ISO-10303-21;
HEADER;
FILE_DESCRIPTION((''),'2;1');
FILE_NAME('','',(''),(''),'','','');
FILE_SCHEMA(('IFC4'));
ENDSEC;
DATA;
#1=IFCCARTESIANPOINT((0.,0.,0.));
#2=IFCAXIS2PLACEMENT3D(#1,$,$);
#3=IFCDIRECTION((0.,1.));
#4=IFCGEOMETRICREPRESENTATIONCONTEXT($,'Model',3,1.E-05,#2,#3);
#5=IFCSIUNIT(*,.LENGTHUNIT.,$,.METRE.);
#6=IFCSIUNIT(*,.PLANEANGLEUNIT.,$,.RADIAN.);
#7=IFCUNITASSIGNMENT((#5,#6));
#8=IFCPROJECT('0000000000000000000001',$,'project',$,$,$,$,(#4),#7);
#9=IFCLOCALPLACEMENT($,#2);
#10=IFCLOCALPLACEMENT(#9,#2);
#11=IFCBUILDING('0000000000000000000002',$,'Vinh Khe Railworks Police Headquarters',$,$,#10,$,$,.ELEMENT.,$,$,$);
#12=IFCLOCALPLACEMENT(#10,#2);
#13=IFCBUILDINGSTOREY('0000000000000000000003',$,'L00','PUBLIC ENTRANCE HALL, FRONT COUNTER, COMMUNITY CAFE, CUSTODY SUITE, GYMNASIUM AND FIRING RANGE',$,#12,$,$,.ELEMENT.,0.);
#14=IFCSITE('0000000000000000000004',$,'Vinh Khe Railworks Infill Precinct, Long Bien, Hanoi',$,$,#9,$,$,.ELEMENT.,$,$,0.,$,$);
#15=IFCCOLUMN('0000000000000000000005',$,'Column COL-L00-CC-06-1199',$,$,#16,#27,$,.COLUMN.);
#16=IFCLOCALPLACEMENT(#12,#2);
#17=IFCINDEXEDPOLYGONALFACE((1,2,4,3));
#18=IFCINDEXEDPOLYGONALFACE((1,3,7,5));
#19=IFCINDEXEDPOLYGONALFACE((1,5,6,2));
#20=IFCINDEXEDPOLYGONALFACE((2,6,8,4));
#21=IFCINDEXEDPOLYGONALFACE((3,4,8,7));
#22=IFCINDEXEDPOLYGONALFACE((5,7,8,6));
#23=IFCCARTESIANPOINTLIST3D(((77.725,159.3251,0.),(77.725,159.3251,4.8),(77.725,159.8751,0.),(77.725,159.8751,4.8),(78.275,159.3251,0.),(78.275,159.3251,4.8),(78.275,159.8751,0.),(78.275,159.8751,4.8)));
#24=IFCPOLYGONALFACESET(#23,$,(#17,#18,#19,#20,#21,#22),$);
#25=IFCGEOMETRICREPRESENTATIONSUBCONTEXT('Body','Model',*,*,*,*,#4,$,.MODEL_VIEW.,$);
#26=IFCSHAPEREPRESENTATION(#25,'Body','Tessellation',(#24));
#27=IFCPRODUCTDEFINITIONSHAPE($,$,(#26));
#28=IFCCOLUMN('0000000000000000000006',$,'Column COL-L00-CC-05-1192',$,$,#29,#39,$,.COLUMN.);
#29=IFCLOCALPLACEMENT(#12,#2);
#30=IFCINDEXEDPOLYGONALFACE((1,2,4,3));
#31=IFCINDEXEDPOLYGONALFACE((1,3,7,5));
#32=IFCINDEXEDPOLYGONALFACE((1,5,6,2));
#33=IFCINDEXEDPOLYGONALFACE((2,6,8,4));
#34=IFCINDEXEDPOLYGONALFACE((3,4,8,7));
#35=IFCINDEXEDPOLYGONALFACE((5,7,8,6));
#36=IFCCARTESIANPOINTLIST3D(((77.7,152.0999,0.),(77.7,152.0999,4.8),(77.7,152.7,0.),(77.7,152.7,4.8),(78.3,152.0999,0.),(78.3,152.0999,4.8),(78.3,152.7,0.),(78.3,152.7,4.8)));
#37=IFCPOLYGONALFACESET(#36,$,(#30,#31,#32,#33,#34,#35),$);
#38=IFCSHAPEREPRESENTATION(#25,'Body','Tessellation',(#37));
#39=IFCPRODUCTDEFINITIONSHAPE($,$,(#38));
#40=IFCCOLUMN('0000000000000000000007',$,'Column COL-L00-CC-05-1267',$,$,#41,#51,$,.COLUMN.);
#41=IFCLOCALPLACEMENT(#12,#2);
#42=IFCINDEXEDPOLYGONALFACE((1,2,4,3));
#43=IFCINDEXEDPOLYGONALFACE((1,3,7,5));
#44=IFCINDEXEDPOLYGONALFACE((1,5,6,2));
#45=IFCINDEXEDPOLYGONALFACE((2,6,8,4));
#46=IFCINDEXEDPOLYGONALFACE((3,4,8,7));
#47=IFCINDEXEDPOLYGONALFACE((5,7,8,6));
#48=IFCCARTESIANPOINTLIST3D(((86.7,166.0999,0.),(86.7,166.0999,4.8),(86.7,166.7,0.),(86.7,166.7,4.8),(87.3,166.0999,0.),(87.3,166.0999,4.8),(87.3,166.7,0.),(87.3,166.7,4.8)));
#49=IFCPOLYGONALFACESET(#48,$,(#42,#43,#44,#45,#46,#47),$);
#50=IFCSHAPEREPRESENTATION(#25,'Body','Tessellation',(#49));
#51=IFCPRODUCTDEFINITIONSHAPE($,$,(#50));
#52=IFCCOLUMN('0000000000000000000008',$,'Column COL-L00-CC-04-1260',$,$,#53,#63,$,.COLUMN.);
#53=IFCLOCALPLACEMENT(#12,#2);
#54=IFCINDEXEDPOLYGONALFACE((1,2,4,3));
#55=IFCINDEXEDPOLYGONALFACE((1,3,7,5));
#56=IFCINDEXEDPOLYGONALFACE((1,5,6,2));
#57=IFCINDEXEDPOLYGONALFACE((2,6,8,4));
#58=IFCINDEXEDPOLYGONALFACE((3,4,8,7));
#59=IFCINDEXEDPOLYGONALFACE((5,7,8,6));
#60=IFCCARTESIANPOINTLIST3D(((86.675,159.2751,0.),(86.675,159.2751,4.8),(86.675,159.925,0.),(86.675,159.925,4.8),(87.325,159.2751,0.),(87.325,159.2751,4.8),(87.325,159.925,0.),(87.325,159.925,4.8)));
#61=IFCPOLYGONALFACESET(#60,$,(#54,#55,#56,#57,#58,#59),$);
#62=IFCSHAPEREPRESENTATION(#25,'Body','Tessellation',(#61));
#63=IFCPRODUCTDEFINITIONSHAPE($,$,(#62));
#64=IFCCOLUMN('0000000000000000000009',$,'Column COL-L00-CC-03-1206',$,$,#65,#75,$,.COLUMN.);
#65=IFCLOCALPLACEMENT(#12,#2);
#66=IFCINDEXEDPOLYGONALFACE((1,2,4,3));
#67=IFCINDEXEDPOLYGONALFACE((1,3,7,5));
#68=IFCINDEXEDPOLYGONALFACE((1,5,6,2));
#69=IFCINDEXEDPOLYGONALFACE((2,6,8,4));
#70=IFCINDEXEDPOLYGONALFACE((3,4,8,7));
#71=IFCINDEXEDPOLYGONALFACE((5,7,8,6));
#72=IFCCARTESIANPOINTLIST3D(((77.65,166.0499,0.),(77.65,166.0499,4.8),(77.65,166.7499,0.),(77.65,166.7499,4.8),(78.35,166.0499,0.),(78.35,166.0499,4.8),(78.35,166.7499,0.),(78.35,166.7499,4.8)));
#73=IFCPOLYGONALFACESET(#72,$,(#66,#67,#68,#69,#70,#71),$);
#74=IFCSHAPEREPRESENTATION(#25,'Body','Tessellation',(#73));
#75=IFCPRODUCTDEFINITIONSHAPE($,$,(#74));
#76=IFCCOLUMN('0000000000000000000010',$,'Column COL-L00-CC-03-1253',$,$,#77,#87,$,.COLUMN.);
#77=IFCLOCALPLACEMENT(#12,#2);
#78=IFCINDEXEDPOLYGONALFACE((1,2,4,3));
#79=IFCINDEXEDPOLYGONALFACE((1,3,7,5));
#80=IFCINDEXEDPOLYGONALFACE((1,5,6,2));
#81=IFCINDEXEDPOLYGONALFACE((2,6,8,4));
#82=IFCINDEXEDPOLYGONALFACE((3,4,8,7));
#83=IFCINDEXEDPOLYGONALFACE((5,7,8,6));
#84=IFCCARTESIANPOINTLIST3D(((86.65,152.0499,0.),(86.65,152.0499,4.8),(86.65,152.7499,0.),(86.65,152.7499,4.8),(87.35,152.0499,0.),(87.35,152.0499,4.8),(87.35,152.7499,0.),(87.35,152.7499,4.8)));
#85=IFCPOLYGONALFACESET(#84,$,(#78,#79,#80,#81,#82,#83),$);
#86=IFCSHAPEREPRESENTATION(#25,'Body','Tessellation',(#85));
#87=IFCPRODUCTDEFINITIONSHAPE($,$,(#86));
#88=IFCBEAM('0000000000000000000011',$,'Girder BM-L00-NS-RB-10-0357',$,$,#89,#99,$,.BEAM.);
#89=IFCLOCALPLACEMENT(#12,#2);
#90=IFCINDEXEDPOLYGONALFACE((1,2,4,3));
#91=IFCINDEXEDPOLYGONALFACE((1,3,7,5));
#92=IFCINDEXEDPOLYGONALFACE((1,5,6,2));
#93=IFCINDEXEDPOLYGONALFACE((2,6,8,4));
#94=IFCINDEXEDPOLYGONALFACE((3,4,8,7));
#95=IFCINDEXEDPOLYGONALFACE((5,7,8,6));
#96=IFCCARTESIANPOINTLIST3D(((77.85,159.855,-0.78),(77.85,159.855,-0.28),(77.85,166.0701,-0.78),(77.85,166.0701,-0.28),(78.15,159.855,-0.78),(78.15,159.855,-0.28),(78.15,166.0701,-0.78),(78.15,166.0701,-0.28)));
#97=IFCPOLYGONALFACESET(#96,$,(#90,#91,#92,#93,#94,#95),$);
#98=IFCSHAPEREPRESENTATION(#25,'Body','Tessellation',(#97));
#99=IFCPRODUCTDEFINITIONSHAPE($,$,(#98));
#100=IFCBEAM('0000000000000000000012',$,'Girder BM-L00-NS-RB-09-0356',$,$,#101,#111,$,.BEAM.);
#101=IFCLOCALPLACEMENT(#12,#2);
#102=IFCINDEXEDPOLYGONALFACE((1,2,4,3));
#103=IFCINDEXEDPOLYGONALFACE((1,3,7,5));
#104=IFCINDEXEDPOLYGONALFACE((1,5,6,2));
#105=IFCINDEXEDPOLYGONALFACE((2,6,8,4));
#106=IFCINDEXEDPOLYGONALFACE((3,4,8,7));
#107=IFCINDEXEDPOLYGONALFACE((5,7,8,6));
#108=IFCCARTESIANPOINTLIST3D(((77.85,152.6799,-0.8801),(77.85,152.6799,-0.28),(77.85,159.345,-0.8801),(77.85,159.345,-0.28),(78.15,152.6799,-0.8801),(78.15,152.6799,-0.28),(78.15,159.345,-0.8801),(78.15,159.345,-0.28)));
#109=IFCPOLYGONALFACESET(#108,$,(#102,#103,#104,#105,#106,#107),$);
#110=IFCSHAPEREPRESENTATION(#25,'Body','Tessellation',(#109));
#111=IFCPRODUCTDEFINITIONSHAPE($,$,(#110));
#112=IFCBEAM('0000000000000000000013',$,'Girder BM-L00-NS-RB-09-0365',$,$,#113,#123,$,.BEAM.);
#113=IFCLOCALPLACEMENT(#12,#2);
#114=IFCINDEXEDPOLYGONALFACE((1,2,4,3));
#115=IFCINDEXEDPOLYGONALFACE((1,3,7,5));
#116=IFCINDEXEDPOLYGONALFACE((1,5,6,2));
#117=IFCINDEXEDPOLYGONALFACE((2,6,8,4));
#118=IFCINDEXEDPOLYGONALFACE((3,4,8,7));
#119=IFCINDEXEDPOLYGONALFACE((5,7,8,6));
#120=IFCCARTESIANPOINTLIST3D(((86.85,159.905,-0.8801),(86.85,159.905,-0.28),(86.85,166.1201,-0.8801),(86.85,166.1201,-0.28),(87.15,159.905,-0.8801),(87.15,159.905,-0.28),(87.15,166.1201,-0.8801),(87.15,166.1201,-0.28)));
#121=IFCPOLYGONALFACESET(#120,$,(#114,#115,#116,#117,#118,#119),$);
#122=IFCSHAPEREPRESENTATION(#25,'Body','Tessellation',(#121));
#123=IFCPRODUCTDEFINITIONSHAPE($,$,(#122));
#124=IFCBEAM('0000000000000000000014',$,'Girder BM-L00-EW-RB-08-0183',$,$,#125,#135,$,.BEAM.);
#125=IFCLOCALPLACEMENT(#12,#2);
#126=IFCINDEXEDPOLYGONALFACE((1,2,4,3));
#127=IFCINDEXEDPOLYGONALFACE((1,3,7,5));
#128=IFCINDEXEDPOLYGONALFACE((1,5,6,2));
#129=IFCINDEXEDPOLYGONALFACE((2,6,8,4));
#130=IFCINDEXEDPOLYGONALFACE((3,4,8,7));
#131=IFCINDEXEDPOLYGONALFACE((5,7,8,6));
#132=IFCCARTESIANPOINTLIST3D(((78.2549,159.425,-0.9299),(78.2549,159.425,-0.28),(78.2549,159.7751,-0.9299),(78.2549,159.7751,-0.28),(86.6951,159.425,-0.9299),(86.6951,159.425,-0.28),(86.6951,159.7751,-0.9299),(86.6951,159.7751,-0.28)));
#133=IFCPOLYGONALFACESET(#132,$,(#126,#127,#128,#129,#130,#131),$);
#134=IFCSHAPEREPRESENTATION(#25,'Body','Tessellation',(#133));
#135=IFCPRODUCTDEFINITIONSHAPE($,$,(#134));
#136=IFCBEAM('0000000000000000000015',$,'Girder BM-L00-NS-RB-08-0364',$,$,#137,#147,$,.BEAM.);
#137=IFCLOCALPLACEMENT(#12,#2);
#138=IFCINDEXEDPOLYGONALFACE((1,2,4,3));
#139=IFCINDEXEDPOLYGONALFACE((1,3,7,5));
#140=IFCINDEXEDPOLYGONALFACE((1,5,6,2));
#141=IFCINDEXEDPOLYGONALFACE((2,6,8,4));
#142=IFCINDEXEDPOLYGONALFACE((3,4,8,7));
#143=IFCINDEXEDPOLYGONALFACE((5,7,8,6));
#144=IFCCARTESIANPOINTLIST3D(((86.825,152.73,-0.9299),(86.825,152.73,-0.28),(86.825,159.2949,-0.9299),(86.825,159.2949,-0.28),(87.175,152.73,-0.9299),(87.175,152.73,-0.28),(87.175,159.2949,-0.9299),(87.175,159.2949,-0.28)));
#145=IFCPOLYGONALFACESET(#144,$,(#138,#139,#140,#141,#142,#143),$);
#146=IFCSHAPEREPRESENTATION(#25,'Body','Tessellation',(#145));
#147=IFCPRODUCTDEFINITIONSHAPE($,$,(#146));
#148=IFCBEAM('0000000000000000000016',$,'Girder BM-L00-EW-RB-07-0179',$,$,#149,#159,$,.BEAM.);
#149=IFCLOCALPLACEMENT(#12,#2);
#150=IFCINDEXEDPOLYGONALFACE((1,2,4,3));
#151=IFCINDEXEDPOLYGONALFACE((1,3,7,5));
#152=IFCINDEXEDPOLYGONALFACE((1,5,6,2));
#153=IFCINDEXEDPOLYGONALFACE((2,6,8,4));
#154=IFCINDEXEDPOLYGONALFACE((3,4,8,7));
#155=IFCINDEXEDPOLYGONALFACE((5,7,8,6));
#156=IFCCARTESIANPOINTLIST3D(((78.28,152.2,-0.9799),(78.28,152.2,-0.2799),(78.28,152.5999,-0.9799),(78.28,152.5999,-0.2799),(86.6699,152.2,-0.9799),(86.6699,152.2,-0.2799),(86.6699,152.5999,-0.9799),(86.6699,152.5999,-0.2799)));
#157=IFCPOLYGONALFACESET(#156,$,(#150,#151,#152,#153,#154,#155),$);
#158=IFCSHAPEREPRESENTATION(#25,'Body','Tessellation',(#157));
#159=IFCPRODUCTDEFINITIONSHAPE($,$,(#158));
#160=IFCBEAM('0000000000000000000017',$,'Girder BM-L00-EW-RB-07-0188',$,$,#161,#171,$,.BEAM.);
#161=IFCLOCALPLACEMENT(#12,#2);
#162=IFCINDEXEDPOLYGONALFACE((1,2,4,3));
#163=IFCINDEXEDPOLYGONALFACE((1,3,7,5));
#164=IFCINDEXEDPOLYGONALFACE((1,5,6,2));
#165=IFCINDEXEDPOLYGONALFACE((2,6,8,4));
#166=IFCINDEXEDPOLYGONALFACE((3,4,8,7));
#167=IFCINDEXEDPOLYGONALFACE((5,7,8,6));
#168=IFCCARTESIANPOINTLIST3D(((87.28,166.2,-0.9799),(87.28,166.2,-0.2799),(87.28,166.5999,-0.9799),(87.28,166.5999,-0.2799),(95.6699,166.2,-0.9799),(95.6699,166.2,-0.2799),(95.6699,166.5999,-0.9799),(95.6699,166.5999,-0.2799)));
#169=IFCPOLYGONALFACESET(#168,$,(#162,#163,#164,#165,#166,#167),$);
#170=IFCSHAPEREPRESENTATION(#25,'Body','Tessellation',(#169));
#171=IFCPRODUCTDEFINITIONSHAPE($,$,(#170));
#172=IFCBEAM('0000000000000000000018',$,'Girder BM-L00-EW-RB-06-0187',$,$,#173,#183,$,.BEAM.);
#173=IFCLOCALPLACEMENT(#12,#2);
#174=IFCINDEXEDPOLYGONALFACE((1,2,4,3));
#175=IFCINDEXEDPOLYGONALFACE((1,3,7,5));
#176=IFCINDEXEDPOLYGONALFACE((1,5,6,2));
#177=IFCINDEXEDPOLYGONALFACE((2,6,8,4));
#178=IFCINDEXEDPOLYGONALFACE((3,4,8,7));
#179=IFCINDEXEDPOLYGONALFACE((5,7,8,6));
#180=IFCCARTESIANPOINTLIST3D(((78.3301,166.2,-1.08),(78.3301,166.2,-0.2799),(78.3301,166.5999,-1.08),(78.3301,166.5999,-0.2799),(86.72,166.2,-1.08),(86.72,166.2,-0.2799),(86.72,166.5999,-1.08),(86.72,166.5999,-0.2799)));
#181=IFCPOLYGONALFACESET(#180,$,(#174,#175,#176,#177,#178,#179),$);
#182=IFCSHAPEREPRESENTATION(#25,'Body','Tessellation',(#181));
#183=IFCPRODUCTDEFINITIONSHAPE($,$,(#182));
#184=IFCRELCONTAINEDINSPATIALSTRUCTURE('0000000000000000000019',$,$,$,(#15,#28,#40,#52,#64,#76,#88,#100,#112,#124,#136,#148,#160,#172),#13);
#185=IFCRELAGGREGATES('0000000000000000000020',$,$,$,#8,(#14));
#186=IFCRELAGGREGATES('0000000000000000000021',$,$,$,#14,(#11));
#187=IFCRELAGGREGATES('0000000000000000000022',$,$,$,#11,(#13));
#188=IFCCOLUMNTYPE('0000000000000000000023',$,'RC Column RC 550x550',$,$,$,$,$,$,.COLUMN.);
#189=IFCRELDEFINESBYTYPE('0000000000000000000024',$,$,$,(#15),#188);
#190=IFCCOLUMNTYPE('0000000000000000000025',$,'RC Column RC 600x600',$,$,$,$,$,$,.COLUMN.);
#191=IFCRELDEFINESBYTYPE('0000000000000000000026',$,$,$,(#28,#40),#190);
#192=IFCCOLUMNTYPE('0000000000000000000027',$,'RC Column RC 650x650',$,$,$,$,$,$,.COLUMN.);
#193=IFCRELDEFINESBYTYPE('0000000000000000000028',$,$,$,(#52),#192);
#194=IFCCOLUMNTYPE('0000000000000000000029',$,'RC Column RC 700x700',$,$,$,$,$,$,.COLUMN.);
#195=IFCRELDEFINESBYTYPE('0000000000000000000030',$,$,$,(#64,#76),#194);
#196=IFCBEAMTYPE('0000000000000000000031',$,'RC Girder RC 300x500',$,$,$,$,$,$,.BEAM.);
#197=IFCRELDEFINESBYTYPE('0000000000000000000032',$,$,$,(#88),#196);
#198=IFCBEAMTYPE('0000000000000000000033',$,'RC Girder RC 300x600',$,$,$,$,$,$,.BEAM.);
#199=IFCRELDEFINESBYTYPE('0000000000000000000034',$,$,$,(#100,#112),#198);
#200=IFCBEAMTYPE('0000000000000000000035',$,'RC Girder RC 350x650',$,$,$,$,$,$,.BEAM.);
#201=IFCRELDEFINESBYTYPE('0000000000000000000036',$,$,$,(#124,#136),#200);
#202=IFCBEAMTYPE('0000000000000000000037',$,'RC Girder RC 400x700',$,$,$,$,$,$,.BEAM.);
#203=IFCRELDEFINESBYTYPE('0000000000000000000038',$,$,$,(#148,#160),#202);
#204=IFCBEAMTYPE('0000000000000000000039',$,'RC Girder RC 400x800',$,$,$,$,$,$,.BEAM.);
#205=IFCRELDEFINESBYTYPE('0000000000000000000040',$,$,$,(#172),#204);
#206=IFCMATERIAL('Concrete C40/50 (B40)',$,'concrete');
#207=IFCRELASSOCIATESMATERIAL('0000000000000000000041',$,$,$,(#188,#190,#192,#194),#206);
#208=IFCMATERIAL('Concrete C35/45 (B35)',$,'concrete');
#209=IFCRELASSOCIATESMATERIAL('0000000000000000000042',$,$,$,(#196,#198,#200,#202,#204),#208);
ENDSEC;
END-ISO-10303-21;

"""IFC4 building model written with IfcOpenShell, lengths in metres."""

from ifc_helpers import new_model, si_unit, direction, frame, origin, origin_2d, place, context, subcontext, project, spatial, rectangle, extrude, material, material_profile, profile_set, type_object, element, save


model = new_model("IFC4")

# Units and contexts
model_context = context("Model", 3, precision=1e-05, world=origin(), true_north=direction((0.0, 1.0)))
body_context = subcontext(model_context, "Body", "Model", "MODEL_VIEW")
ifc_project = project(units=[si_unit("LENGTHUNIT", "METRE"), si_unit("PLANEANGLEUNIT", "RADIAN")], contexts=[model_context])

# Site, building, storey
site_placement = place(None, origin())
site = spatial("IfcSite", under=ifc_project, at=site_placement, Name="Vinh Khe Railworks Infill Precinct, Long Bien, Hanoi", CompositionType="ELEMENT", RefElevation=0.0)
building_placement = place(site_placement, origin())
building = spatial("IfcBuilding", under=site, at=building_placement, Name="Vinh Khe Railworks Police Headquarters", CompositionType="ELEMENT")
storey_placement = place(building_placement, origin())
storey = spatial("IfcBuildingStorey", under=building, at=storey_placement, Name="L00", Description="PUBLIC ENTRANCE HALL, FRONT COUNTER, COMMUNITY CAFE, CUSTODY SUITE, GYMNASIUM AND FIRING RANGE", CompositionType="ELEMENT", Elevation=0.0)

# Columns
ifc_material_1 = material(Name="Concrete C40/50 (B40)", Category="concrete")
ifc_material_profile_1 = material_profile(ifc_material_1, rectangle(XDim=0.55, YDim=0.55, at=origin_2d()), Name="RC 550x550")
ifc_profile_set_1 = profile_set([ifc_material_profile_1], Name="Concrete C40/50 (B40)")
column_type_1 = type_object("IfcColumnType", Name="RC Column RC 550x550", PredefinedType="COLUMN", material=ifc_profile_set_1)
column_1_placement = place(storey_placement, frame((78.0, 159.6001, 0.0), z_axis=(0.0, 0.0, 1.0), x_axis=(1.0, 0.0, 0.0)))
element("IfcColumn", 1, at=column_1_placement, inside=storey, type_object=column_type_1, Name="Column COL-L00-CC-06-1199", PredefinedType="COLUMN", context=body_context, shape_type="SweptSolid", body=[
    extrude(rectangle(XDim=0.55, YDim=0.55, at=origin_2d()), origin(), (0.0, 0.0, 1.0), 4.8),
])
ifc_material_profile_2 = material_profile(ifc_material_1, rectangle(XDim=0.6001, YDim=0.6001, at=origin_2d()), Name="RC 600x600")
ifc_profile_set_2 = profile_set([ifc_material_profile_2], Name="Concrete C40/50 (B40)")
column_type_2 = type_object("IfcColumnType", Name="RC Column RC 600x600", PredefinedType="COLUMN", material=ifc_profile_set_2)
for number, where, z_axis, x_axis, name in (
    (2, (78.0, 152.3999, 0.0), (0.0, 0.0, 1.0), (1.0, 0.0, 0.0), "Column COL-L00-CC-05-1192"),
    (3, (87.0, 166.3999, 0.0), (0.0, 0.0, 1.0), (1.0, 0.0, 0.0), "Column COL-L00-CC-05-1267"),
):
    element("IfcColumn", number, at=place(storey_placement, frame(where, z_axis=z_axis, x_axis=x_axis)), inside=storey, type_object=column_type_2, Name=name, PredefinedType="COLUMN", context=body_context, shape_type="SweptSolid", body=[
        extrude(rectangle(XDim=0.6001, YDim=0.6001, at=origin_2d()), origin(), (0.0, 0.0, 1.0), 4.8),
    ])
ifc_material_profile_3 = material_profile(ifc_material_1, rectangle(XDim=0.6499, YDim=0.6499, at=origin_2d()), Name="RC 650x650")
ifc_profile_set_3 = profile_set([ifc_material_profile_3], Name="Concrete C40/50 (B40)")
column_type_3 = type_object("IfcColumnType", Name="RC Column RC 650x650", PredefinedType="COLUMN", material=ifc_profile_set_3)
column_2_placement = place(storey_placement, frame((87.0, 159.6001, 0.0), z_axis=(0.0, 0.0, 1.0), x_axis=(1.0, 0.0, 0.0)))
element("IfcColumn", 4, at=column_2_placement, inside=storey, type_object=column_type_3, Name="Column COL-L00-CC-04-1260", PredefinedType="COLUMN", context=body_context, shape_type="SweptSolid", body=[
    extrude(rectangle(XDim=0.6499, YDim=0.6499, at=origin_2d()), origin(), (0.0, 0.0, 1.0), 4.8),
])
ifc_material_profile_4 = material_profile(ifc_material_1, rectangle(XDim=0.7, YDim=0.7, at=origin_2d()), Name="RC 700x700")
ifc_profile_set_4 = profile_set([ifc_material_profile_4], Name="Concrete C40/50 (B40)")
column_type_4 = type_object("IfcColumnType", Name="RC Column RC 700x700", PredefinedType="COLUMN", material=ifc_profile_set_4)
for number, where, z_axis, x_axis, name in (
    (5, (78.0, 166.3999, 0.0), (0.0, 0.0, 1.0), (1.0, 0.0, 0.0), "Column COL-L00-CC-03-1206"),
    (6, (87.0, 152.3999, 0.0), (0.0, 0.0, 1.0), (1.0, 0.0, 0.0), "Column COL-L00-CC-03-1253"),
):
    element("IfcColumn", number, at=place(storey_placement, frame(where, z_axis=z_axis, x_axis=x_axis)), inside=storey, type_object=column_type_4, Name=name, PredefinedType="COLUMN", context=body_context, shape_type="SweptSolid", body=[
        extrude(rectangle(XDim=0.7, YDim=0.7, at=origin_2d()), origin(), (0.0, 0.0, 1.0), 4.8),
    ])

# Beams
ifc_material_2 = material(Name="Concrete C35/45 (B35)", Category="concrete")
ifc_material_profile_5 = material_profile(ifc_material_2, rectangle(XDim=0.3, YDim=0.5, at=origin_2d()), Name="RC 300x500")
ifc_profile_set_5 = profile_set([ifc_material_profile_5], Name="Concrete C35/45 (B35)")
beam_type_1 = type_object("IfcBeamType", Name="RC Girder RC 300x500", PredefinedType="BEAM", material=ifc_profile_set_5)
beam_1_placement = place(storey_placement, frame((78.0, 159.855, -0.53), z_axis=(0.0, 1.0, 0.0), x_axis=(-1.0, 0.0, 0.0)))
element("IfcBeam", 7, at=beam_1_placement, inside=storey, type_object=beam_type_1, Name="Girder BM-L00-NS-RB-10-0357", PredefinedType="BEAM", context=body_context, shape_type="SweptSolid", body=[
    extrude(rectangle(XDim=0.3, YDim=0.5, at=origin_2d()), origin(), (0.0, 0.0, 1.0), 6.2151),
])
ifc_material_profile_6 = material_profile(ifc_material_2, rectangle(XDim=0.3, YDim=0.6001, at=origin_2d()), Name="RC 300x600")
ifc_profile_set_6 = profile_set([ifc_material_profile_6], Name="Concrete C35/45 (B35)")
beam_type_2 = type_object("IfcBeamType", Name="RC Girder RC 300x600", PredefinedType="BEAM", material=ifc_profile_set_6)
beam_2_placement = place(storey_placement, frame((78.0, 152.6799, -0.5801), z_axis=(0.0, 1.0, 0.0), x_axis=(-1.0, 0.0, 0.0)))
element("IfcBeam", 8, at=beam_2_placement, inside=storey, type_object=beam_type_2, Name="Girder BM-L00-NS-RB-09-0356", PredefinedType="BEAM", context=body_context, shape_type="SweptSolid", body=[
    extrude(rectangle(XDim=0.3, YDim=0.6001, at=origin_2d()), origin(), (0.0, 0.0, 1.0), 6.665),
])
beam_3_placement = place(storey_placement, frame((87.0, 159.905, -0.5801), z_axis=(0.0, 1.0, 0.0), x_axis=(-1.0, 0.0, 0.0)))
element("IfcBeam", 9, at=beam_3_placement, inside=storey, type_object=beam_type_2, Name="Girder BM-L00-NS-RB-09-0365", PredefinedType="BEAM", context=body_context, shape_type="SweptSolid", body=[
    extrude(rectangle(XDim=0.3, YDim=0.6001, at=origin_2d()), origin(), (0.0, 0.0, 1.0), 6.2151),
])
ifc_material_profile_7 = material_profile(ifc_material_2, rectangle(XDim=0.3501, YDim=0.6499, at=origin_2d()), Name="RC 350x650")
ifc_profile_set_7 = profile_set([ifc_material_profile_7], Name="Concrete C35/45 (B35)")
beam_type_3 = type_object("IfcBeamType", Name="RC Girder RC 350x650", PredefinedType="BEAM", material=ifc_profile_set_7)
beam_4_placement = place(storey_placement, frame((78.2549, 159.6001, -0.605), z_axis=(1.0, 0.0, 0.0), x_axis=(0.0, 1.0, 0.0)))
element("IfcBeam", 10, at=beam_4_placement, inside=storey, type_object=beam_type_3, Name="Girder BM-L00-EW-RB-08-0183", PredefinedType="BEAM", context=body_context, shape_type="SweptSolid", body=[
    extrude(rectangle(XDim=0.3501, YDim=0.6499, at=origin_2d()), origin(), (0.0, 0.0, 1.0), 8.4402),
])
beam_5_placement = place(storey_placement, frame((87.0, 152.73, -0.605), z_axis=(0.0, 1.0, 0.0), x_axis=(-1.0, 0.0, 0.0)))
element("IfcBeam", 11, at=beam_5_placement, inside=storey, type_object=beam_type_3, Name="Girder BM-L00-NS-RB-08-0364", PredefinedType="BEAM", context=body_context, shape_type="SweptSolid", body=[
    extrude(rectangle(XDim=0.3501, YDim=0.6499, at=origin_2d()), origin(), (0.0, 0.0, 1.0), 6.5649),
])
ifc_material_profile_8 = material_profile(ifc_material_2, rectangle(XDim=0.3999, YDim=0.7, at=origin_2d()), Name="RC 400x700")
ifc_profile_set_8 = profile_set([ifc_material_profile_8], Name="Concrete C35/45 (B35)")
beam_type_4 = type_object("IfcBeamType", Name="RC Girder RC 400x700", PredefinedType="BEAM", material=ifc_profile_set_8)
for number, where, z_axis, x_axis, name in (
    (12, (78.28, 152.3999, -0.6299), (1.0, 0.0, 0.0), (0.0, 1.0, 0.0), "Girder BM-L00-EW-RB-07-0179"),
    (13, (87.28, 166.3999, -0.6299), (1.0, 0.0, 0.0), (0.0, 1.0, 0.0), "Girder BM-L00-EW-RB-07-0188"),
):
    element("IfcBeam", number, at=place(storey_placement, frame(where, z_axis=z_axis, x_axis=x_axis)), inside=storey, type_object=beam_type_4, Name=name, PredefinedType="BEAM", context=body_context, shape_type="SweptSolid", body=[
        extrude(rectangle(XDim=0.3999, YDim=0.7, at=origin_2d()), origin(), (0.0, 0.0, 1.0), 8.3899),
    ])
ifc_material_profile_9 = material_profile(ifc_material_2, rectangle(XDim=0.3999, YDim=0.8, at=origin_2d()), Name="RC 400x800")
ifc_profile_set_9 = profile_set([ifc_material_profile_9], Name="Concrete C35/45 (B35)")
beam_type_5 = type_object("IfcBeamType", Name="RC Girder RC 400x800", PredefinedType="BEAM", material=ifc_profile_set_9)
beam_6_placement = place(storey_placement, frame((78.3301, 166.3999, -0.6799), z_axis=(1.0, 0.0, 0.0), x_axis=(0.0, 1.0, 0.0)))
element("IfcBeam", 14, at=beam_6_placement, inside=storey, type_object=beam_type_5, Name="Girder BM-L00-EW-RB-06-0187", PredefinedType="BEAM", context=body_context, shape_type="SweptSolid", body=[
    extrude(rectangle(XDim=0.3999, YDim=0.8, at=origin_2d()), origin(), (0.0, 0.0, 1.0), 8.3899),
])

save(model, "model.ifc")
